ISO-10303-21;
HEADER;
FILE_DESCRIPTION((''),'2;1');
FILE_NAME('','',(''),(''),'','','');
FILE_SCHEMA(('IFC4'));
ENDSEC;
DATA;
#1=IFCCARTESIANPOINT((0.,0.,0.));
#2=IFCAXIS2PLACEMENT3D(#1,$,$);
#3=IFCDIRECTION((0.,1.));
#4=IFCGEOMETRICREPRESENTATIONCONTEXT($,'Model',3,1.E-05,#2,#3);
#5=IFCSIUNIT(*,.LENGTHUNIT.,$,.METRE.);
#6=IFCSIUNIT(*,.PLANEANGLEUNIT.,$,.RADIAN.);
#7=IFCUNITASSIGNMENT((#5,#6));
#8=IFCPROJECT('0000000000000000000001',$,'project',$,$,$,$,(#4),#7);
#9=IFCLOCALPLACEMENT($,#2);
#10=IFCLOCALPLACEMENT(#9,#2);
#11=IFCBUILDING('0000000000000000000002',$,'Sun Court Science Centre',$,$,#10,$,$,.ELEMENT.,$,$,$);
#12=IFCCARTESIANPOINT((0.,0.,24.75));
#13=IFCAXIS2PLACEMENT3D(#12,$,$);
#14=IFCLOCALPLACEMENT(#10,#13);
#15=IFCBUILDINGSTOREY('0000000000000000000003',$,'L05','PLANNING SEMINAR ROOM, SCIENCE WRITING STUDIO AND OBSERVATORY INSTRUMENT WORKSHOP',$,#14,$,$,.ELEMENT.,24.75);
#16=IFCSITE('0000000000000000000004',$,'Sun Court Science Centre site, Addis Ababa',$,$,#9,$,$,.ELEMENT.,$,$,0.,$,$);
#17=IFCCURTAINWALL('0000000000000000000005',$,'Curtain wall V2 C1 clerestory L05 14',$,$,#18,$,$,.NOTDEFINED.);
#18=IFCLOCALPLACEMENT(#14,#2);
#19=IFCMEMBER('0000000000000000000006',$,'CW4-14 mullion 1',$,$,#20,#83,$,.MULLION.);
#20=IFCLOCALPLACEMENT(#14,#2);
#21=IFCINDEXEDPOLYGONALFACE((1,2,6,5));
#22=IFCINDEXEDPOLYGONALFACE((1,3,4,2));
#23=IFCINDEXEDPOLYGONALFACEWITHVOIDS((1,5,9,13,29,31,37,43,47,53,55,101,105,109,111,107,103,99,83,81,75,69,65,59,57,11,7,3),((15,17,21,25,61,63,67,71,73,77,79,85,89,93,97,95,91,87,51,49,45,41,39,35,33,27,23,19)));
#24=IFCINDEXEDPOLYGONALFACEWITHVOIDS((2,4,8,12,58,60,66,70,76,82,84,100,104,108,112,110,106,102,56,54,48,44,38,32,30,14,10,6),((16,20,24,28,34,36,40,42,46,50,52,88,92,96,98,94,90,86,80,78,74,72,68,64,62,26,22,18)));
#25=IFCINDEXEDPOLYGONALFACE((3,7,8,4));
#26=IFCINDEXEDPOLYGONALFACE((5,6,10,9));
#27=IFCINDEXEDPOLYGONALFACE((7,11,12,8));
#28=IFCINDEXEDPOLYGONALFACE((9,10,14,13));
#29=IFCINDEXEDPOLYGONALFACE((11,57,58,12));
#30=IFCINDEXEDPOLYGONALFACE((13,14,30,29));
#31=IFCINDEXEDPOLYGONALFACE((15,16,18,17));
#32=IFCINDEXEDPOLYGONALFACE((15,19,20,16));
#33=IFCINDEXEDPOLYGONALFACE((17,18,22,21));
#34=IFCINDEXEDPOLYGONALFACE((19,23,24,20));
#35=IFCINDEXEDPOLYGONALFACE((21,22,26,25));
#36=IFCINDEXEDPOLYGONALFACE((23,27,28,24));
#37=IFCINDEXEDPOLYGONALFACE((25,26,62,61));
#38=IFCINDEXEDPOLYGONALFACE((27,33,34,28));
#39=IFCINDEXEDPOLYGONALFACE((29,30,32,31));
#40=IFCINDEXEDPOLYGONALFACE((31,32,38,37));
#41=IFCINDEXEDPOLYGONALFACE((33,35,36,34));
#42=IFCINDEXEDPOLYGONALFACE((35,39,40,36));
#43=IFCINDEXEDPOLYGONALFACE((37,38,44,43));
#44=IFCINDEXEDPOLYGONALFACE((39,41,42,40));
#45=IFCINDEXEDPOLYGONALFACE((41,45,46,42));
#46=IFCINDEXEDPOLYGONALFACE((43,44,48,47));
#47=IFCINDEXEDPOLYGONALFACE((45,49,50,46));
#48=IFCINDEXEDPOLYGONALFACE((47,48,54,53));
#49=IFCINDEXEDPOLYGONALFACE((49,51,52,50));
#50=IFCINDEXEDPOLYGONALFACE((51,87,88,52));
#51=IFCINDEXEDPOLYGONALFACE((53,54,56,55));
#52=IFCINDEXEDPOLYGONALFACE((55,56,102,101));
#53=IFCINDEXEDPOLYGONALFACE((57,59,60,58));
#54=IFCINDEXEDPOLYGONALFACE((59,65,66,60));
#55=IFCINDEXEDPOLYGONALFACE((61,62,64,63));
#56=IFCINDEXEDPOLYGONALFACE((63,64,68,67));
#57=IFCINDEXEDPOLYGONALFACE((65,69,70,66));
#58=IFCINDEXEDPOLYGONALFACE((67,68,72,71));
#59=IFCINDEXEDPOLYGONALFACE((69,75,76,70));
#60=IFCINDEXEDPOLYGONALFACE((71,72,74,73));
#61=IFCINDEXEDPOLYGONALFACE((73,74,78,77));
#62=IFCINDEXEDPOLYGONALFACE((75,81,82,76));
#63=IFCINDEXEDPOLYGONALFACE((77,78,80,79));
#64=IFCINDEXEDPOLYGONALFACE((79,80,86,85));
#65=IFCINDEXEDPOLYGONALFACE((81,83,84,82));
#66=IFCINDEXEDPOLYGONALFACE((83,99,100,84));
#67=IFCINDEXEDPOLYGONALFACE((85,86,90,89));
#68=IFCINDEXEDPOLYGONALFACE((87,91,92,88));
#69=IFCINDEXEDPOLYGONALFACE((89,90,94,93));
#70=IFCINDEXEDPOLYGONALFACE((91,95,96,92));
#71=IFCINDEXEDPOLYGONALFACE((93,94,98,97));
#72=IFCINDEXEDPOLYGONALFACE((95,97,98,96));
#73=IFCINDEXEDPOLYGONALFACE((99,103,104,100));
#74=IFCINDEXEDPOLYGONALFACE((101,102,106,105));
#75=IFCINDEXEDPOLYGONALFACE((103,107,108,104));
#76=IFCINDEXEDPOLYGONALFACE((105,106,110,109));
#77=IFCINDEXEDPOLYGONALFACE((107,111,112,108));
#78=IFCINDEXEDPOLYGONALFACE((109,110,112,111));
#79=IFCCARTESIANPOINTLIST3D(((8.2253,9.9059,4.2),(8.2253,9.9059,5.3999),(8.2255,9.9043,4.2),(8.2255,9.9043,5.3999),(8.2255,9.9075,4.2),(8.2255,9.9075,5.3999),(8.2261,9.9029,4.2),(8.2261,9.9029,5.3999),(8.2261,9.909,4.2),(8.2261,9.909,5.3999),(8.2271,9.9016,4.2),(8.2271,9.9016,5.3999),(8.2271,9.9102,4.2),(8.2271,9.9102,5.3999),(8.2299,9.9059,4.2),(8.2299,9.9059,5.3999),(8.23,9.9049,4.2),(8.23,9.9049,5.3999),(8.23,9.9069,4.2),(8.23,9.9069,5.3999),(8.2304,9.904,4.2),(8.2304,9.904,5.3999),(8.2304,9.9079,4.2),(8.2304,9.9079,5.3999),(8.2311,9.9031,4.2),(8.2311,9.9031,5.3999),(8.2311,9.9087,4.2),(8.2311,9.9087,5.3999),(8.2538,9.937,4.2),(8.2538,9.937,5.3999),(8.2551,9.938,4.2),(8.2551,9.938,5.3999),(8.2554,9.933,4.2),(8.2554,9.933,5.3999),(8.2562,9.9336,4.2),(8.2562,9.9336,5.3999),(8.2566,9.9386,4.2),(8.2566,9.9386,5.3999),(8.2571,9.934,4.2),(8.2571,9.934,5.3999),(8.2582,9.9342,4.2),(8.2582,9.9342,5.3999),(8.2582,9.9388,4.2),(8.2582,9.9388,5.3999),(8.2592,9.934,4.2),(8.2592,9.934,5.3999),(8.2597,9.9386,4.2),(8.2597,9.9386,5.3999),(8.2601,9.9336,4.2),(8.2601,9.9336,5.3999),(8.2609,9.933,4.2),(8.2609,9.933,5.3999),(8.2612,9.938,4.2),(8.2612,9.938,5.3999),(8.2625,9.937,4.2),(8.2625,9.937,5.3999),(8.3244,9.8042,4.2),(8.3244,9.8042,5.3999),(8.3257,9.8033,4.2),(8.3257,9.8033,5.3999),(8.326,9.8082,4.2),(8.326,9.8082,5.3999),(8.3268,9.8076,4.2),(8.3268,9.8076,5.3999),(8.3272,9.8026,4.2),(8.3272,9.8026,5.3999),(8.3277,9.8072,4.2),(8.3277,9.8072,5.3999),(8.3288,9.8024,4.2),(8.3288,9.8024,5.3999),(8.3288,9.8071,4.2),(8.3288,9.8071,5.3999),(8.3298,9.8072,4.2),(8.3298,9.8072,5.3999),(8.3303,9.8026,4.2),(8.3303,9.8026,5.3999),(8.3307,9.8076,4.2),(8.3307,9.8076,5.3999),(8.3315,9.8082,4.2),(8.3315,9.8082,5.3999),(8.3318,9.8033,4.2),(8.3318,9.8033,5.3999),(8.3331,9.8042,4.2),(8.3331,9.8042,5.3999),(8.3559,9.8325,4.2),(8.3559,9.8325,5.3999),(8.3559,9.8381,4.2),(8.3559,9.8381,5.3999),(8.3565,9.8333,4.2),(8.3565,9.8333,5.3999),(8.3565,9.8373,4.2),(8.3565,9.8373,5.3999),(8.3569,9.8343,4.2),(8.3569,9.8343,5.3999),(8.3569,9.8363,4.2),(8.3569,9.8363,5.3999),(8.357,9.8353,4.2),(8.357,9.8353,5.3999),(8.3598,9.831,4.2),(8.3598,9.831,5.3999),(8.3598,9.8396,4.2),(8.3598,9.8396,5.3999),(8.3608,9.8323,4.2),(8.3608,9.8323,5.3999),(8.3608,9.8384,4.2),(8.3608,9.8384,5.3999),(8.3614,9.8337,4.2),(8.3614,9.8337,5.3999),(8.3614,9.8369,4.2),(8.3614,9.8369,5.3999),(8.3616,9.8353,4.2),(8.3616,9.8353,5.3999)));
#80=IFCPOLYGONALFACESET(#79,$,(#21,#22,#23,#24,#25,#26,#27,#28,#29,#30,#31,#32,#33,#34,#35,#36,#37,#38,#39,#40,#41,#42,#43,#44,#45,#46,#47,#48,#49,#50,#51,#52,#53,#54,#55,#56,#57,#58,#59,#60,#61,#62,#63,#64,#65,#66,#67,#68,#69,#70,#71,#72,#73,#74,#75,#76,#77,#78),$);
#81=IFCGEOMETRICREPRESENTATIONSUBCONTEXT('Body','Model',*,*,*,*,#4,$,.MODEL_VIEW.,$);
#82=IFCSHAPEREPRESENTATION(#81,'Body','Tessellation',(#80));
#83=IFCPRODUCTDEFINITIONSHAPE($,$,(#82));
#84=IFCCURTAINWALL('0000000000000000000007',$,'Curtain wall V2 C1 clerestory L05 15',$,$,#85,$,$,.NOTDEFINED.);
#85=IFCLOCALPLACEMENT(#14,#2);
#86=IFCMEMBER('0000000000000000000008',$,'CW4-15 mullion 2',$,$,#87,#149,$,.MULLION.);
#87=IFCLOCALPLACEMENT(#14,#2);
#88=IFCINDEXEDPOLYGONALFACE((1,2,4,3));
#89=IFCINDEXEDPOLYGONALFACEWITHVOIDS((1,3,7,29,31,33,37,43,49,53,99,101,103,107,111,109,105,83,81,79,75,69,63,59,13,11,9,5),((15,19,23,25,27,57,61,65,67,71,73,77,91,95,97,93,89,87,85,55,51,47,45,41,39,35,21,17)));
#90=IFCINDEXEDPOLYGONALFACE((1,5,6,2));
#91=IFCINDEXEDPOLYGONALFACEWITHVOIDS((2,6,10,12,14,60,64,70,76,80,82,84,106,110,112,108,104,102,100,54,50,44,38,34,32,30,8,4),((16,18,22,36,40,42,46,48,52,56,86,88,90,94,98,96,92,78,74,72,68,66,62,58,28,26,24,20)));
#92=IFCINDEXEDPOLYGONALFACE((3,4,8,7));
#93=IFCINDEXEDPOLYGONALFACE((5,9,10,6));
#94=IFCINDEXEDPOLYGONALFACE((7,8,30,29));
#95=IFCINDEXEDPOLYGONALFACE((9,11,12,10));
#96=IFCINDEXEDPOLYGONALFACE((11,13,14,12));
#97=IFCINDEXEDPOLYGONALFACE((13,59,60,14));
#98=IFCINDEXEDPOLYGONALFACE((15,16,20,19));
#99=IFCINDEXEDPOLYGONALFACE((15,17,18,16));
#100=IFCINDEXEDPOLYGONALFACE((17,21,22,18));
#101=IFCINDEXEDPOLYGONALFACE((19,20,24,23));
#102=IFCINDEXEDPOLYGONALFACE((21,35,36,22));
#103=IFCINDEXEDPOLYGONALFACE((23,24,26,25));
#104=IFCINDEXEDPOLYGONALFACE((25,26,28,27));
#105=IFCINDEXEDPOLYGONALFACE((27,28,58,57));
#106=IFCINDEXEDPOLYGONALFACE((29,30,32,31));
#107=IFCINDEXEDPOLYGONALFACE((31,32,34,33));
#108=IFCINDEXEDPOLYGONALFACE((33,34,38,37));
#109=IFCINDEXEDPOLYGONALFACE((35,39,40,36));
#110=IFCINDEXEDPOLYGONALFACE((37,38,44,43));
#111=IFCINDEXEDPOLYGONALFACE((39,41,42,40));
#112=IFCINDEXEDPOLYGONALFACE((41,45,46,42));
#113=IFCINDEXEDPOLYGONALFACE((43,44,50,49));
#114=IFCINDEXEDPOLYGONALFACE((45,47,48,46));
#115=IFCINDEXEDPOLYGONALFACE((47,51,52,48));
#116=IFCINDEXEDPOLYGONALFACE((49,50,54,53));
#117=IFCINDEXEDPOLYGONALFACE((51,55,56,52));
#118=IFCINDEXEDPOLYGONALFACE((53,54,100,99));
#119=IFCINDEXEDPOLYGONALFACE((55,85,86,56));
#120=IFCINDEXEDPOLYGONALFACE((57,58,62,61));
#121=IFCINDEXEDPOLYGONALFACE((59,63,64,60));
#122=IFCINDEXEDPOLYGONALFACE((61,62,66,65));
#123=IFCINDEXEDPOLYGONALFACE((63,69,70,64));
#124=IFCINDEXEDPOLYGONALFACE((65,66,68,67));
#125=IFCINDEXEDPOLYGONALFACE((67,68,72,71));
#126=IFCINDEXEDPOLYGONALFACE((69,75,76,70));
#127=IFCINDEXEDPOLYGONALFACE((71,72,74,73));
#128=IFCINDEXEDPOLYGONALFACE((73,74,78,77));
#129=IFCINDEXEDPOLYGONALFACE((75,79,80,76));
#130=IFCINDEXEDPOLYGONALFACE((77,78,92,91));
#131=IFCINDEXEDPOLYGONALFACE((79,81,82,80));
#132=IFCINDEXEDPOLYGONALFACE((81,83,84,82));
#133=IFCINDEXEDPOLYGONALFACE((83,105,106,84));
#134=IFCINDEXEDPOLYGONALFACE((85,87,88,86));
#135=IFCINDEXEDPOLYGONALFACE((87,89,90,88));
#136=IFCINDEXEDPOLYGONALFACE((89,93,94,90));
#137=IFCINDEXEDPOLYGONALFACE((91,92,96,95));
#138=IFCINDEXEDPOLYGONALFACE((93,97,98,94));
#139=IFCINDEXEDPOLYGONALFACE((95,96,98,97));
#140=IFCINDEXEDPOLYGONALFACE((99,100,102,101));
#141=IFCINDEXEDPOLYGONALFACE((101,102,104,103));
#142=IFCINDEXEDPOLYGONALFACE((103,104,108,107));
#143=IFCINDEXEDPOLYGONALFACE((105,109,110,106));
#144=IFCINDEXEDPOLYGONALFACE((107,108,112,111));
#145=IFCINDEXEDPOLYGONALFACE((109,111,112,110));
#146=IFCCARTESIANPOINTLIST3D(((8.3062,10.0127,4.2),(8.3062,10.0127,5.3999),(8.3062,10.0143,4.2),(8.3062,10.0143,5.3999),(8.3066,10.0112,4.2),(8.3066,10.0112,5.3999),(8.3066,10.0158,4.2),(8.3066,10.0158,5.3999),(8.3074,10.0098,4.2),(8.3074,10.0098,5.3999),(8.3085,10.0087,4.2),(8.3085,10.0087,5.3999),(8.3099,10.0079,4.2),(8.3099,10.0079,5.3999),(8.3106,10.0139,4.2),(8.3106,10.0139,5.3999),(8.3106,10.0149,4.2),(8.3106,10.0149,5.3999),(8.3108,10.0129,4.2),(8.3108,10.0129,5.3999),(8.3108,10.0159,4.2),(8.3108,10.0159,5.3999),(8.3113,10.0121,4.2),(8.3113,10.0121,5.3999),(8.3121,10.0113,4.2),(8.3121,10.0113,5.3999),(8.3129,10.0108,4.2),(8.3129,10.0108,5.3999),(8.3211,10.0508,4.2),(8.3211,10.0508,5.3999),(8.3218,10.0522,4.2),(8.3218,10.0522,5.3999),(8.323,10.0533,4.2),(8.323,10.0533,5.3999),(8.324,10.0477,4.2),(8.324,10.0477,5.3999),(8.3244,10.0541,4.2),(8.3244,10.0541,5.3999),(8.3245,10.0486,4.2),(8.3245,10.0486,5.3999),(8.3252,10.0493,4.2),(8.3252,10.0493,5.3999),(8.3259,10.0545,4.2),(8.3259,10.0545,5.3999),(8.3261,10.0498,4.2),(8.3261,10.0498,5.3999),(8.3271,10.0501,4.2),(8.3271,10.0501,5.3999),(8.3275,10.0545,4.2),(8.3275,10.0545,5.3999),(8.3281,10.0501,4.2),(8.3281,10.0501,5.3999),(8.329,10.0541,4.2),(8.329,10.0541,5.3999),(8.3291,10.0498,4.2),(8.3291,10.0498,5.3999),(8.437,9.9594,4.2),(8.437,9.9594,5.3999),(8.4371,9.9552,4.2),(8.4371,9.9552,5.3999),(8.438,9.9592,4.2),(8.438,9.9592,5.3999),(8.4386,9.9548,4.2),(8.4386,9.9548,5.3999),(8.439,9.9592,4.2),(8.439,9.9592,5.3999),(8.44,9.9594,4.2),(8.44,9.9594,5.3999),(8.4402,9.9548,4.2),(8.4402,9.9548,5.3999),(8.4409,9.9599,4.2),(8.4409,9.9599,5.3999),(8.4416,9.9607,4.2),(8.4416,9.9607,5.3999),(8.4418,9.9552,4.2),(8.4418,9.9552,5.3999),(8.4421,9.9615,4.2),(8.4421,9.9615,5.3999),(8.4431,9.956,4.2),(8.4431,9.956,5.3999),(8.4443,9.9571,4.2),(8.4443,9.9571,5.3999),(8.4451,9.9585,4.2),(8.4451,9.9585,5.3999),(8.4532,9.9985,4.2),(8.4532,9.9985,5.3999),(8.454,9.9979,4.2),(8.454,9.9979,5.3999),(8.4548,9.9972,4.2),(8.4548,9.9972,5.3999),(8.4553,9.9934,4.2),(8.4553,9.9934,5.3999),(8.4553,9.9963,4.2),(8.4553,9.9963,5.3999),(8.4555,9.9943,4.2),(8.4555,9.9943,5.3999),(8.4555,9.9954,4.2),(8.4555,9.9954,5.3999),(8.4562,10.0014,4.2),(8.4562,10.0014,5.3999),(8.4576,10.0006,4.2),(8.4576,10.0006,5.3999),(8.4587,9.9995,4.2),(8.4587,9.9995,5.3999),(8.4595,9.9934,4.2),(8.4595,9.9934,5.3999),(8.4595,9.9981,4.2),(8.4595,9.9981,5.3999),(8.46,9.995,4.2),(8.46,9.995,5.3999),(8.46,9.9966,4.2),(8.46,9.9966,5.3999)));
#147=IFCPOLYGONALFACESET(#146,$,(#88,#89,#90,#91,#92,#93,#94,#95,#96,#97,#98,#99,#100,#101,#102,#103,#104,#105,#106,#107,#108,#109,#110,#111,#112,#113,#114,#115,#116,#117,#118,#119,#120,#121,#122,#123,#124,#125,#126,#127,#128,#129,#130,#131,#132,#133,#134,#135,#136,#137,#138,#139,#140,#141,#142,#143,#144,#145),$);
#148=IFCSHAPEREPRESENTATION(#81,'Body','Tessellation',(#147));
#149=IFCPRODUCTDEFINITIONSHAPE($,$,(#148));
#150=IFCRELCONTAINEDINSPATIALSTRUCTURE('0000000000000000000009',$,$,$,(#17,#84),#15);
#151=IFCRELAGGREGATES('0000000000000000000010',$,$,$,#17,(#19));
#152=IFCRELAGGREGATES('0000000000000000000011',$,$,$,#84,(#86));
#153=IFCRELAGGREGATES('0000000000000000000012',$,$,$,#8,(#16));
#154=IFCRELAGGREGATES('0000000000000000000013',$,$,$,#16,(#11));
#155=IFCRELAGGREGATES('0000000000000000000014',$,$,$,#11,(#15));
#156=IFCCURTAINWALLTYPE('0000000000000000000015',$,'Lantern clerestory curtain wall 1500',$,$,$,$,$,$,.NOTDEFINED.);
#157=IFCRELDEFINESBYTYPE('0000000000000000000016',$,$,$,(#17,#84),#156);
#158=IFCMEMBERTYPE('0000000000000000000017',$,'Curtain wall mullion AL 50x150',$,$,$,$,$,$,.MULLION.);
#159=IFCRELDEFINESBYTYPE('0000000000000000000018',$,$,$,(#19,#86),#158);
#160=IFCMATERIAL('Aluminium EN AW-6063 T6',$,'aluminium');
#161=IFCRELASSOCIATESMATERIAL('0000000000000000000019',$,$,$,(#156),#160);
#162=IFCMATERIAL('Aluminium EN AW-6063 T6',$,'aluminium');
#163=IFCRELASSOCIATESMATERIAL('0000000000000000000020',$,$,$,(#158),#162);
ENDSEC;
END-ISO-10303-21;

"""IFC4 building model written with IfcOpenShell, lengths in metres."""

from ifc_helpers import new_model, si_unit, direction, frame, origin, origin_2d, place, context, subcontext, project, spatial, hollow_rectangle, extrude, material, material_profile, profile_set, type_object, element, aggregate, save


model = new_model("IFC4")

# Units and contexts
model_context = context("Model", 3, precision=1e-05, world=origin(), true_north=direction((0.0, 1.0)))
body_context = subcontext(model_context, "Body", "Model", "MODEL_VIEW")
ifc_project = project(units=[si_unit("LENGTHUNIT", "METRE"), si_unit("PLANEANGLEUNIT", "RADIAN")], contexts=[model_context])

# Site, building, storey
site_placement = place(None, origin())
site = spatial("IfcSite", under=ifc_project, at=site_placement, Name="Sun Court Science Centre site, Addis Ababa", CompositionType="ELEMENT", RefElevation=0.0)
building_placement = place(site_placement, origin())
building = spatial("IfcBuilding", under=site, at=building_placement, Name="Sun Court Science Centre", CompositionType="ELEMENT")
storey_placement = place(building_placement, frame((0.0, 0.0, 24.75)))
storey = spatial("IfcBuildingStorey", under=building, at=storey_placement, Name="L05", Description="PLANNING SEMINAR ROOM, SCIENCE WRITING STUDIO AND OBSERVATORY INSTRUMENT WORKSHOP", CompositionType="ELEMENT", Elevation=24.75)

# Shared definitions
ifc_material_1 = material(Name="Aluminium EN AW-6063 T6", Category="aluminium")
curtain_wall_type = type_object("IfcCurtainWallType", Name="Lantern clerestory curtain wall 1500", PredefinedType="NOTDEFINED", material=ifc_material_1)
ifc_material_2 = material(Name="Aluminium EN AW-6063 T6", Category="aluminium")
ifc_material_profile_1 = material_profile(ifc_material_2, hollow_rectangle(XDim=0.05, YDim=0.1499, WallThickness=0.0039, InnerFilletRadius=0.0039, OuterFilletRadius=0.0061, at=origin_2d()), Name="AL 50x150x4")
ifc_profile_set_1 = profile_set([ifc_material_profile_1], Name="Aluminium EN AW-6063 T6")
member_type_1 = type_object("IfcMemberType", Name="Curtain wall mullion AL 50x150", PredefinedType="MULLION", material=ifc_profile_set_1)

# Curtain wall, member
curtain_wall_1_placement = place(storey_placement, origin())
curtain_wall_1 = element("IfcCurtainWall", 1, at=curtain_wall_1_placement, inside=storey, type_object=curtain_wall_type, Name="Curtain wall V2 C1 clerestory L05 14", PredefinedType="NOTDEFINED")
member_1_placement = place(storey_placement, frame((8.2935, 9.8706, 4.2), z_axis=(0.0, 0.0, 1.0), x_axis=(-0.707107, -0.707107, 0.0)))
member_1 = element("IfcMember", 2, at=member_1_placement, type_object=member_type_1, Name="CW4-14 mullion 1", PredefinedType="MULLION", context=body_context, shape_type="SweptSolid", body=[
    extrude(hollow_rectangle(XDim=0.05, YDim=0.1499, WallThickness=0.0039, InnerFilletRadius=0.0039, OuterFilletRadius=0.0061, at=origin_2d()), origin(), (0.0, 0.0, 1.0), 1.2),
])
aggregate(curtain_wall_1, [member_1])

# Curtain wall, member
curtain_wall_2_placement = place(storey_placement, origin())
curtain_wall_2 = element("IfcCurtainWall", 3, at=curtain_wall_2_placement, inside=storey, type_object=curtain_wall_type, Name="Curtain wall V2 C1 clerestory L05 15", PredefinedType="NOTDEFINED")
member_2_placement = place(storey_placement, frame((8.3831, 10.0046, 4.2), z_axis=(0.0, 0.0, 1.0), x_axis=(-0.382683, -0.92388, 0.0)))
member_2 = element("IfcMember", 4, at=member_2_placement, type_object=member_type_1, Name="CW4-15 mullion 2", PredefinedType="MULLION", context=body_context, shape_type="SweptSolid", body=[
    extrude(hollow_rectangle(XDim=0.05, YDim=0.1499, WallThickness=0.0039, InnerFilletRadius=0.0039, OuterFilletRadius=0.0061, at=origin_2d()), origin(), (0.0, 0.0, 1.0), 1.2),
])
aggregate(curtain_wall_2, [member_2])

save(model, "model.ifc")
